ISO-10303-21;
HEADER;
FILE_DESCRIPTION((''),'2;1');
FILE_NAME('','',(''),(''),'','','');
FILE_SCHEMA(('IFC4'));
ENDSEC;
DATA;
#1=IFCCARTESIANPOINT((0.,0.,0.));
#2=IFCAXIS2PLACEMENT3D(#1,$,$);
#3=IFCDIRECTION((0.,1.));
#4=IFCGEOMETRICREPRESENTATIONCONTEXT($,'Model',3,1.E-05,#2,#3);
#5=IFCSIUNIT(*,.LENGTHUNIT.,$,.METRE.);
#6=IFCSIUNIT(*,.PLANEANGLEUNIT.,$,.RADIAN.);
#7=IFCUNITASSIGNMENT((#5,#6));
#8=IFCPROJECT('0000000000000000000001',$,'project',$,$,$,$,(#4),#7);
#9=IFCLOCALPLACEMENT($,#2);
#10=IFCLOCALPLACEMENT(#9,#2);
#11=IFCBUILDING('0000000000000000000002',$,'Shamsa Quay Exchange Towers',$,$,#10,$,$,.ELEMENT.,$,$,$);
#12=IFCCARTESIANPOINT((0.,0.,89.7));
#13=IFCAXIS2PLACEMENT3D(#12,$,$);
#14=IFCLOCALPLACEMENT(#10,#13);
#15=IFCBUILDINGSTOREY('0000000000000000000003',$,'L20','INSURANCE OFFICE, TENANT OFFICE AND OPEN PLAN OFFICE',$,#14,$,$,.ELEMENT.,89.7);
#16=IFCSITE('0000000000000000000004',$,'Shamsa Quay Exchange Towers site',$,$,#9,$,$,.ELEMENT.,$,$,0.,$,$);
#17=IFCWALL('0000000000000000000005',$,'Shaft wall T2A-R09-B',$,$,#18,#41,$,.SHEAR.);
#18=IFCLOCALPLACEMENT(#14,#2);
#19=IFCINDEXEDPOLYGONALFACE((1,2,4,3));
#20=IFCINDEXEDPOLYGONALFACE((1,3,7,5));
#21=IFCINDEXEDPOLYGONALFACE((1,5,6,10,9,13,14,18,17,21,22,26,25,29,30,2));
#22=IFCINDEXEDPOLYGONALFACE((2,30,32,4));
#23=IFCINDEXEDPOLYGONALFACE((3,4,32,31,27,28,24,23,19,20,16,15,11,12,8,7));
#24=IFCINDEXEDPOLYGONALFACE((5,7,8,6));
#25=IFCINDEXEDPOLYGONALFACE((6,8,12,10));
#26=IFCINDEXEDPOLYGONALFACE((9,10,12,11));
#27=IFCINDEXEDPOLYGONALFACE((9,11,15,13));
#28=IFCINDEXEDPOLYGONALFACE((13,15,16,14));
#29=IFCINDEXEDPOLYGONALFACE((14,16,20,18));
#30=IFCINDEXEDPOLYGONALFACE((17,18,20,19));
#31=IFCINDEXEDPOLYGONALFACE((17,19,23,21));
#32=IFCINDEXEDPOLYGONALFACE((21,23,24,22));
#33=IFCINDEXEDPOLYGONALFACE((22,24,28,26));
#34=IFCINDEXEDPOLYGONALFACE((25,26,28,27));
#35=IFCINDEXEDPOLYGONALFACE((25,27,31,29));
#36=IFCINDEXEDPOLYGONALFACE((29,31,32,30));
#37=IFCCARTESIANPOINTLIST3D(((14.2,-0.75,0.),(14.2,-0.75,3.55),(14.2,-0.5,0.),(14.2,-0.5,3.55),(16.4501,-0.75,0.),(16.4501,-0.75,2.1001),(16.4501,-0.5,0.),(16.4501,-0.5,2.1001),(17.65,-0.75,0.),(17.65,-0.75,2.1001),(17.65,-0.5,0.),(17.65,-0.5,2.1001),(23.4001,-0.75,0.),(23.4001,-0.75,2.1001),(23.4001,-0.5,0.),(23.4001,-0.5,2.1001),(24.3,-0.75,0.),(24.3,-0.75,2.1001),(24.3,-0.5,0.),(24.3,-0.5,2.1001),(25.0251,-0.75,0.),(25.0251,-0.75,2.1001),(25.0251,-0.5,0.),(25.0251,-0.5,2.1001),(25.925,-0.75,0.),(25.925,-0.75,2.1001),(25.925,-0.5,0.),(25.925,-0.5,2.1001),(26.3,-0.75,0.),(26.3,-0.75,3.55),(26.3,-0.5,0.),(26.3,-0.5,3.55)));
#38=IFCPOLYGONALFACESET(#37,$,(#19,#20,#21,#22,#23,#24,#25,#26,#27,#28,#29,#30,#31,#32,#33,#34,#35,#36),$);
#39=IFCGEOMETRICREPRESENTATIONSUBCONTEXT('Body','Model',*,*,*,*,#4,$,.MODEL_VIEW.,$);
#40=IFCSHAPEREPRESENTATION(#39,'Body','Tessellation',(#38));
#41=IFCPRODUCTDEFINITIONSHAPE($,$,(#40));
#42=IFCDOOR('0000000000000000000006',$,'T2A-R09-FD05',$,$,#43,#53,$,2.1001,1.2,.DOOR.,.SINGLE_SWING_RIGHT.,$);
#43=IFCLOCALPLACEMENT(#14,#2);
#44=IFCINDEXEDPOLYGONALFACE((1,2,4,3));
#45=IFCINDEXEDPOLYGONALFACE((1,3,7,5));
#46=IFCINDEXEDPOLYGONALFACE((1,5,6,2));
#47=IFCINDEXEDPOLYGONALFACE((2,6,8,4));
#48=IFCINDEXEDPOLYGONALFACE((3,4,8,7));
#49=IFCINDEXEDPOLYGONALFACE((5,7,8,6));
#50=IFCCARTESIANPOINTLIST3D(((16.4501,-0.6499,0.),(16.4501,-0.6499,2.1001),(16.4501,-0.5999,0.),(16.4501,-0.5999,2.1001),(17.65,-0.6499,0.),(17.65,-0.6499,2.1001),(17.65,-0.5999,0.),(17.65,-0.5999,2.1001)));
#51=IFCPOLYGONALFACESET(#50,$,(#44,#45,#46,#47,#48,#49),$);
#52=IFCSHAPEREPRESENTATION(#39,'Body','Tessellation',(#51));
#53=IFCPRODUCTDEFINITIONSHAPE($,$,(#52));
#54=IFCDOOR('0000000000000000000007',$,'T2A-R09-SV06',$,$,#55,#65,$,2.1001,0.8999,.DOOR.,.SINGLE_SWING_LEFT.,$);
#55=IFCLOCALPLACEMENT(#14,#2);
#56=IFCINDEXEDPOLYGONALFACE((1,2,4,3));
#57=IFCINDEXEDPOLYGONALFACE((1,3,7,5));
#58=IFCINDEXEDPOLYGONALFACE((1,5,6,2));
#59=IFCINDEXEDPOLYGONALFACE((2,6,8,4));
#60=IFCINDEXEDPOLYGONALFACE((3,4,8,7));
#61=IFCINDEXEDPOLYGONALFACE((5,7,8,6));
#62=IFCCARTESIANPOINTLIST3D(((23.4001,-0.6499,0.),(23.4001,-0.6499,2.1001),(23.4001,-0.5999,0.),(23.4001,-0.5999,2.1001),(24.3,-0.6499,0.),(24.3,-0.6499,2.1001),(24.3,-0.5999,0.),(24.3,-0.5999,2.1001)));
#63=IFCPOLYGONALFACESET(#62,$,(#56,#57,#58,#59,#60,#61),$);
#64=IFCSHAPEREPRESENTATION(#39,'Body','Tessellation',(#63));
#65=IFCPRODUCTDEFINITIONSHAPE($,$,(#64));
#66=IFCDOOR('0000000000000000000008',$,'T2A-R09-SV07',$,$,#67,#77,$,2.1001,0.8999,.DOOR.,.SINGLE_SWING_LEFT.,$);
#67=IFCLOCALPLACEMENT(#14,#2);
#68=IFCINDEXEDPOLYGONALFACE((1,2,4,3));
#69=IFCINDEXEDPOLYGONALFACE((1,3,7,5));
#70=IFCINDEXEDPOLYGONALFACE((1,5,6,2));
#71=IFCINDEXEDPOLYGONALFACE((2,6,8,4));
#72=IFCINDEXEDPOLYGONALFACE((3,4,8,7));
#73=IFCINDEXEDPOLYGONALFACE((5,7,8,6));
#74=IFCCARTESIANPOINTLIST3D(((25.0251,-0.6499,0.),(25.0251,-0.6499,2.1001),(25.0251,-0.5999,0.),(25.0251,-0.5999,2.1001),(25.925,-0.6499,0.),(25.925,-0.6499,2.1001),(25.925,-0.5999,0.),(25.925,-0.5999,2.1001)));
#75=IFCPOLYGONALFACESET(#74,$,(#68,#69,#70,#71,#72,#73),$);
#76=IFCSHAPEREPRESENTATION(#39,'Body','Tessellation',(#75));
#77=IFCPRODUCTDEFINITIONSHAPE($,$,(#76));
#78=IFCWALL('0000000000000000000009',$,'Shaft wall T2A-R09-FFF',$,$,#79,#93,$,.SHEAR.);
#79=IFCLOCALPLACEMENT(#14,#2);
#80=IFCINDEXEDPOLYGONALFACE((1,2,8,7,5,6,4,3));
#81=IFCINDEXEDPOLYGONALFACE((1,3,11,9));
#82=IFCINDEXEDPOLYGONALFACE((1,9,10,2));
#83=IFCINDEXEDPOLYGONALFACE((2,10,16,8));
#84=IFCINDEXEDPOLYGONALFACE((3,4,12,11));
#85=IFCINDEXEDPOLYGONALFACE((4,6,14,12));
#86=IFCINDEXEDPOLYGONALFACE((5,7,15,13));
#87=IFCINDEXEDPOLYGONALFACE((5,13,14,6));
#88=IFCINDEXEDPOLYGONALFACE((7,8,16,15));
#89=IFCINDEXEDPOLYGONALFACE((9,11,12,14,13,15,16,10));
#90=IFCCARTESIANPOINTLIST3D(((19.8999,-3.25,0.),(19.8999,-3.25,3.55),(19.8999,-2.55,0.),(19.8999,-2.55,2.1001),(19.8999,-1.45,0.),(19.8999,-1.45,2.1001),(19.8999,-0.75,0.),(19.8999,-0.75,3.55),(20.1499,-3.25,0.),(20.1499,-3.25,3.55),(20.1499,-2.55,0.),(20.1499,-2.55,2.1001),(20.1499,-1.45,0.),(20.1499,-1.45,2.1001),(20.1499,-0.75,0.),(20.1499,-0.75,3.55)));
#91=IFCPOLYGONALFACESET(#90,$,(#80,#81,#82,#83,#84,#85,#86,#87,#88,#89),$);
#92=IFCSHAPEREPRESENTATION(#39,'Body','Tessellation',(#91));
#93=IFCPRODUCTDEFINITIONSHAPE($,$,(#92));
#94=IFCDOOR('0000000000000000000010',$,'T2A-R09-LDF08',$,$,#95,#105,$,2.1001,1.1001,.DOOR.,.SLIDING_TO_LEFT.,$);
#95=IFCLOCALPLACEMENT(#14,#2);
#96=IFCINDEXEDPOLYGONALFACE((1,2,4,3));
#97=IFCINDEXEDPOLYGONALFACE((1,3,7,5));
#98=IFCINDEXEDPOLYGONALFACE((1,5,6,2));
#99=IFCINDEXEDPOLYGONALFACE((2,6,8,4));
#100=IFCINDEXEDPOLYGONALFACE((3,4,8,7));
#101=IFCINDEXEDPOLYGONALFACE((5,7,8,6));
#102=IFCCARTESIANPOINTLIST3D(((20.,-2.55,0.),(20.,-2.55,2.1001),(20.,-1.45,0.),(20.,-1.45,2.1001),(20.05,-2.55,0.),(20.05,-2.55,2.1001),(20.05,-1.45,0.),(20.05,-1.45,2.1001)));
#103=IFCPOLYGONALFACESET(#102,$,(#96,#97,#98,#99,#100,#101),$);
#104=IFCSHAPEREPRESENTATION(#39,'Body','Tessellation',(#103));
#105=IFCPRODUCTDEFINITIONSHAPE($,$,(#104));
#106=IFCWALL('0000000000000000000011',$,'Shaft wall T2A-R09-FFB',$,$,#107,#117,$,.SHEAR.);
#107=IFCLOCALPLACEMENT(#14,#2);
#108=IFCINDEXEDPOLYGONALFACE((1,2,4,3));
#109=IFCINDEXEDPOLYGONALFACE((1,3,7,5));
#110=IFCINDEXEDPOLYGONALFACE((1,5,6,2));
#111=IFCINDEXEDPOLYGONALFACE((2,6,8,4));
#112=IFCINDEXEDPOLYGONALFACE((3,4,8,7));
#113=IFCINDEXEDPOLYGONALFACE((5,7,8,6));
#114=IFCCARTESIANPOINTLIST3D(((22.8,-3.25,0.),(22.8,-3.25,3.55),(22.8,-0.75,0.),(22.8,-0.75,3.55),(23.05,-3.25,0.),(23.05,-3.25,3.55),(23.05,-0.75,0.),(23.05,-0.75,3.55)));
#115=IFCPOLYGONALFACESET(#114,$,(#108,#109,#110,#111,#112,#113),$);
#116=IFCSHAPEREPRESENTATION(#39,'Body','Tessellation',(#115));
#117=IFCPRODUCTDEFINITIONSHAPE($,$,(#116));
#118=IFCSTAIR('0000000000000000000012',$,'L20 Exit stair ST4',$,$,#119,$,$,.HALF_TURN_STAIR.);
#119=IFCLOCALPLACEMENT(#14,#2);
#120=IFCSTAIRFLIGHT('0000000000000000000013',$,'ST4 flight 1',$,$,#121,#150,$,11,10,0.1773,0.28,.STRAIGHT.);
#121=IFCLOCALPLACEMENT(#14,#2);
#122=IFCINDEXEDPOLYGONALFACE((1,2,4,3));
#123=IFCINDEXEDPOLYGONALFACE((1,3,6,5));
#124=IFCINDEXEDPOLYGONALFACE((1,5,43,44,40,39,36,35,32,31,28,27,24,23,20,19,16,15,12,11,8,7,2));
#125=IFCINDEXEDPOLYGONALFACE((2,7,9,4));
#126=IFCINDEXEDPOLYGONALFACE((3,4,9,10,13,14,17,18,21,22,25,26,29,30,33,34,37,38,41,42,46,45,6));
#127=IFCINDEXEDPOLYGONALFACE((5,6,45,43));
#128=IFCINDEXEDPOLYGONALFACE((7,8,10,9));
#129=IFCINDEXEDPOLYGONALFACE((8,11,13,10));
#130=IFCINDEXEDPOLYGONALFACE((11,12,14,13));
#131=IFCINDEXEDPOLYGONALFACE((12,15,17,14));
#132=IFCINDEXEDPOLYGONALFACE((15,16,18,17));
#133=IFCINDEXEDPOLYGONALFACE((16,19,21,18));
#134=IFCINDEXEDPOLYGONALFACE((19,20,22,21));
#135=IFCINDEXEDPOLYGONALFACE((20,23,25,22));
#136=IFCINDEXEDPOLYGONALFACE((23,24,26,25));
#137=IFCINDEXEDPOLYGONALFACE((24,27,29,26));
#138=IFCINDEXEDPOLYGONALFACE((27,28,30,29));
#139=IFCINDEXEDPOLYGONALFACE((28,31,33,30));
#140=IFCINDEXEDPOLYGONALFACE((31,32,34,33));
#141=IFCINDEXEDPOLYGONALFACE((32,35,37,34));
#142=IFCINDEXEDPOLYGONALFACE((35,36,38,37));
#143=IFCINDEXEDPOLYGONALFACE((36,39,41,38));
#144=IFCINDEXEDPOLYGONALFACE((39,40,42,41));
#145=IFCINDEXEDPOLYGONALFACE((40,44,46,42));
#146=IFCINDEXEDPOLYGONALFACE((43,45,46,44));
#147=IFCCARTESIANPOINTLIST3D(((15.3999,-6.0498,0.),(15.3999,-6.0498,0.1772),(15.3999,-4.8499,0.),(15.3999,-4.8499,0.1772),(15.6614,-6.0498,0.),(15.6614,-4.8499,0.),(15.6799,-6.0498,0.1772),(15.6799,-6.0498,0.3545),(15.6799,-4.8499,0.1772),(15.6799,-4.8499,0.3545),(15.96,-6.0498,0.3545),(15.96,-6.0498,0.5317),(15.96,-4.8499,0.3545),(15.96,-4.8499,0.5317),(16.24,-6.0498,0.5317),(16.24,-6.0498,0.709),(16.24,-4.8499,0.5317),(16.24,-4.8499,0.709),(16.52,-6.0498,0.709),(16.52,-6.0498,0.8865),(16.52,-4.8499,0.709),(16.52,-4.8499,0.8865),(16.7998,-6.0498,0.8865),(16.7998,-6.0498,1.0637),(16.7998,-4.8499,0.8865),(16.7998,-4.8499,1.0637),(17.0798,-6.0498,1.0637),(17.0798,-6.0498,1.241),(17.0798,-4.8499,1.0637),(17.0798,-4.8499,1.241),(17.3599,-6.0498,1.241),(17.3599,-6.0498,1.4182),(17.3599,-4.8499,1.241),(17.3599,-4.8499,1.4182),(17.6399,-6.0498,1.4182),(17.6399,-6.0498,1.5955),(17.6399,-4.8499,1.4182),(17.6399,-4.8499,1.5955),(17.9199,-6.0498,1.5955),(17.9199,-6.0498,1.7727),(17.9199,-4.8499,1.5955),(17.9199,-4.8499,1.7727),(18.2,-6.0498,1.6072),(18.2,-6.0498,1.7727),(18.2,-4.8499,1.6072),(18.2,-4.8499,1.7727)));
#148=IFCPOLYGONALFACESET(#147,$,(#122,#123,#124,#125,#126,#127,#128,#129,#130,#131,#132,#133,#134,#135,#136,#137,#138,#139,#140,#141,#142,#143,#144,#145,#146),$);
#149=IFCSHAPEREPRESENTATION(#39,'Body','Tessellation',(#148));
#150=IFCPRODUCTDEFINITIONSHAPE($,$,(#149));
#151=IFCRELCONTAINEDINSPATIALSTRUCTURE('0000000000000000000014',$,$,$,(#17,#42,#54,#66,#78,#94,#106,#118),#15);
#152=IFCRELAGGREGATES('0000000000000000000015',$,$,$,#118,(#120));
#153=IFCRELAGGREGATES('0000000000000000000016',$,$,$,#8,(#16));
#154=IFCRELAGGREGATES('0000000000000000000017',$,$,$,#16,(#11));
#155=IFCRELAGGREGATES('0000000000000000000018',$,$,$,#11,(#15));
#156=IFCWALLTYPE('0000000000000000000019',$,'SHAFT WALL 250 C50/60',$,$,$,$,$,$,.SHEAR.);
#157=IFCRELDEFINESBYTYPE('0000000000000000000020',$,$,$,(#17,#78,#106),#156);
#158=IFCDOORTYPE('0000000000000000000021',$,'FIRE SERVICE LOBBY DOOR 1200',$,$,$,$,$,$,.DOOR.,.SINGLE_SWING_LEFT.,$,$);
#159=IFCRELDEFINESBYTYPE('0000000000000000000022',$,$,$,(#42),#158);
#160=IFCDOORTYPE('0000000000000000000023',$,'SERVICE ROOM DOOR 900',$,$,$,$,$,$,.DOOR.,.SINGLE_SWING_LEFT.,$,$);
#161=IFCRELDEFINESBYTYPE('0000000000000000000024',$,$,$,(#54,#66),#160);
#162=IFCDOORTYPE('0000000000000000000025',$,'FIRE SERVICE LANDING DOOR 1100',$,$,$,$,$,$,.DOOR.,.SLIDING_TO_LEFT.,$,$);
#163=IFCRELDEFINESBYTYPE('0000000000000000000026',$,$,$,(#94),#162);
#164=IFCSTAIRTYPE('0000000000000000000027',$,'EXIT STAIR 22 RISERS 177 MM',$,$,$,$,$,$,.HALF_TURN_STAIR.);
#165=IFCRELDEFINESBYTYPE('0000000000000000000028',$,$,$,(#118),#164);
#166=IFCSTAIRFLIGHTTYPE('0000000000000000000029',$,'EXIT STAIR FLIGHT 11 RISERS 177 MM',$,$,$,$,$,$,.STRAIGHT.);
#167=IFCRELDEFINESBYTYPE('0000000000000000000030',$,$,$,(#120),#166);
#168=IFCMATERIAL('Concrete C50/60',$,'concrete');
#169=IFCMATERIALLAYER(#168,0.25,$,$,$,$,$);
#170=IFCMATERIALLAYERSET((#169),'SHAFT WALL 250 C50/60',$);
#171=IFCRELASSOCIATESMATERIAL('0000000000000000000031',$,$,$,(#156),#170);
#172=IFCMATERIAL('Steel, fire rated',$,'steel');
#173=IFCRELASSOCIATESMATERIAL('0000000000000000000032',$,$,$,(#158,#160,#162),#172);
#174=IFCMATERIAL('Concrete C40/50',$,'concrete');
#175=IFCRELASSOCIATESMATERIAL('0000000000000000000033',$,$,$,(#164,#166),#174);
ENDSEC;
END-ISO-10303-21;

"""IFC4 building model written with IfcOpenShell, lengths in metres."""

from ifc_helpers import new_model, si_unit, direction, frame, frame_2d, origin, place, context, subcontext, project, spatial, polyline, rectangle, outline, extrude, material, layer, layer_set, type_object, element, fill, aggregate, save


model = new_model("IFC4")

# Units and contexts
model_context = context("Model", 3, precision=1e-05, world=origin(), true_north=direction((0.0, 1.0)))
body_context = subcontext(model_context, "Body", "Model", "MODEL_VIEW")
ifc_project = project(units=[si_unit("LENGTHUNIT", "METRE"), si_unit("PLANEANGLEUNIT", "RADIAN")], contexts=[model_context])

# Site, building, storey
site_placement = place(None, origin())
site = spatial("IfcSite", under=ifc_project, at=site_placement, Name="Shamsa Quay Exchange Towers site", CompositionType="ELEMENT", RefElevation=0.0)
building_placement = place(site_placement, origin())
building = spatial("IfcBuilding", under=site, at=building_placement, Name="Shamsa Quay Exchange Towers", CompositionType="ELEMENT")
storey_placement = place(building_placement, frame((0.0, 0.0, 89.7)))
storey = spatial("IfcBuildingStorey", under=building, at=storey_placement, Name="L20", Description="INSURANCE OFFICE, TENANT OFFICE AND OPEN PLAN OFFICE", CompositionType="ELEMENT", Elevation=89.7)

# Shared definitions
ifc_material_1 = material(Name="Concrete C50/60", Category="concrete")
ifc_layer_1 = layer(ifc_material_1, 0.25)
ifc_layer_set_1 = layer_set([ifc_layer_1], Name="SHAFT WALL 250 C50/60")
wall_type_1 = type_object("IfcWallType", Name="SHAFT WALL 250 C50/60", PredefinedType="SHEAR", material=ifc_layer_set_1)
ifc_material_2 = material(Name="Steel, fire rated", Category="steel")

# Wall, openings, doors
wall_1_placement = place(storey_placement, frame((26.3, -0.625, 0.0), z_axis=(0.0, 0.0, 1.0), x_axis=(-1.0, 0.0, 0.0)))
wall_1 = element("IfcWall", 1, at=wall_1_placement, inside=storey, type_object=wall_type_1, Name="Shaft wall T2A-R09-B", PredefinedType="SHEAR", context=body_context, shape_type="SweptSolid", body=[
    extrude(rectangle(XDim=12.1001, YDim=0.25, at=frame_2d((6.05, 0.0))), origin(), (0.0, 0.0, 1.0), 3.55),
])
opening_1_placement = place(wall_1_placement, frame((8.6499, 0.0, 0.0)))
opening_1 = element("IfcOpeningElement", 2, at=opening_1_placement, cuts=wall_1, PredefinedType="OPENING", context=body_context, shape_type="SweptSolid", body=[
    extrude(rectangle(XDim=1.2, YDim=2.1001, at=frame_2d((0.6001, 1.05))), frame((0.0, 0.135, 0.0), z_axis=(0.0, -1.0, 0.0), x_axis=(1.0, 0.0, 0.0)), (0.0, 0.0, 1.0), 0.27),
])
opening_2_placement = place(wall_1_placement, frame((2.0, 0.0, 0.0)))
opening_2 = element("IfcOpeningElement", 3, at=opening_2_placement, cuts=wall_1, PredefinedType="OPENING", context=body_context, shape_type="SweptSolid", body=[
    extrude(rectangle(XDim=0.8999, YDim=2.1001, at=frame_2d((0.45, 1.05))), frame((0.0, 0.135, 0.0), z_axis=(0.0, -1.0, 0.0), x_axis=(1.0, 0.0, 0.0)), (0.0, 0.0, 1.0), 0.27),
])
opening_3_placement = place(wall_1_placement, frame((0.375, 0.0, 0.0)))
opening_3 = element("IfcOpeningElement", 4, at=opening_3_placement, cuts=wall_1, PredefinedType="OPENING", context=body_context, shape_type="SweptSolid", body=[
    extrude(rectangle(XDim=0.8999, YDim=2.1001, at=frame_2d((0.45, 1.05))), frame((0.0, 0.135, 0.0), z_axis=(0.0, -1.0, 0.0), x_axis=(1.0, 0.0, 0.0)), (0.0, 0.0, 1.0), 0.27),
])
door_type_1 = type_object("IfcDoorType", Name="FIRE SERVICE LOBBY DOOR 1200", OperationType="SINGLE_SWING_LEFT", PredefinedType="DOOR", material=ifc_material_2)
door_1_placement = place(opening_1_placement, origin())
door_1 = element("IfcDoor", 5, at=door_1_placement, inside=storey, type_object=door_type_1, Name="T2A-R09-FD05", OperationType="SINGLE_SWING_RIGHT", OverallHeight=2.1001, OverallWidth=1.2, PredefinedType="DOOR", context=body_context, shape_type="SweptSolid", body=[
    extrude(rectangle(XDim=1.2, YDim=2.1001, at=frame_2d((0.6001, 1.05))), frame((0.0, 0.0249, 0.0), z_axis=(0.0, -1.0, 0.0), x_axis=(1.0, 0.0, 0.0)), (0.0, 0.0, 1.0), 0.05),
])
fill(opening_1, door_1)
door_type_2 = type_object("IfcDoorType", Name="SERVICE ROOM DOOR 900", OperationType="SINGLE_SWING_LEFT", PredefinedType="DOOR", material=ifc_material_2)
door_2_placement = place(opening_2_placement, origin())
door_2 = element("IfcDoor", 6, at=door_2_placement, inside=storey, type_object=door_type_2, Name="T2A-R09-SV06", OperationType="SINGLE_SWING_LEFT", OverallHeight=2.1001, OverallWidth=0.8999, PredefinedType="DOOR", context=body_context, shape_type="SweptSolid", body=[
    extrude(rectangle(XDim=0.8999, YDim=2.1001, at=frame_2d((0.45, 1.05))), frame((0.0, 0.0249, 0.0), z_axis=(0.0, -1.0, 0.0), x_axis=(1.0, 0.0, 0.0)), (0.0, 0.0, 1.0), 0.05),
])
fill(opening_2, door_2)
door_3_placement = place(opening_3_placement, origin())
door_3 = element("IfcDoor", 7, at=door_3_placement, inside=storey, type_object=door_type_2, Name="T2A-R09-SV07", OperationType="SINGLE_SWING_LEFT", OverallHeight=2.1001, OverallWidth=0.8999, PredefinedType="DOOR", context=body_context, shape_type="SweptSolid", body=[
    extrude(rectangle(XDim=0.8999, YDim=2.1001, at=frame_2d((0.45, 1.05))), frame((0.0, 0.0249, 0.0), z_axis=(0.0, -1.0, 0.0), x_axis=(1.0, 0.0, 0.0)), (0.0, 0.0, 1.0), 0.05),
])
fill(opening_3, door_3)

# Wall, opening, door
wall_2_placement = place(storey_placement, frame((20.0249, -3.25, 0.0), z_axis=(0.0, 0.0, 1.0), x_axis=(0.0, 1.0, 0.0)))
wall_2 = element("IfcWall", 8, at=wall_2_placement, inside=storey, type_object=wall_type_1, Name="Shaft wall T2A-R09-FFF", PredefinedType="SHEAR", context=body_context, shape_type="SweptSolid", body=[
    extrude(rectangle(XDim=2.5, YDim=0.25, at=frame_2d((1.25, 0.0))), origin(), (0.0, 0.0, 1.0), 3.55),
])
opening_4_placement = place(wall_2_placement, frame((0.7, 0.0, 0.0)))
opening_4 = element("IfcOpeningElement", 9, at=opening_4_placement, cuts=wall_2, PredefinedType="OPENING", context=body_context, shape_type="SweptSolid", body=[
    extrude(rectangle(XDim=1.1001, YDim=2.1001, at=frame_2d((0.55, 1.05))), frame((0.0, 0.135, 0.0), z_axis=(0.0, -1.0, 0.0), x_axis=(1.0, 0.0, 0.0)), (0.0, 0.0, 1.0), 0.27),
])
door_type_3 = type_object("IfcDoorType", Name="FIRE SERVICE LANDING DOOR 1100", OperationType="SLIDING_TO_LEFT", PredefinedType="DOOR", material=ifc_material_2)
door_4_placement = place(opening_4_placement, origin())
door_4 = element("IfcDoor", 10, at=door_4_placement, inside=storey, type_object=door_type_3, Name="T2A-R09-LDF08", OperationType="SLIDING_TO_LEFT", OverallHeight=2.1001, OverallWidth=1.1001, PredefinedType="DOOR", context=body_context, shape_type="SweptSolid", body=[
    extrude(rectangle(XDim=1.1001, YDim=2.1001, at=frame_2d((0.55, 1.05))), frame((0.0, 0.0249, 0.0), z_axis=(0.0, -1.0, 0.0), x_axis=(1.0, 0.0, 0.0)), (0.0, 0.0, 1.0), 0.05),
])
fill(opening_4, door_4)

# Wall
wall_3_placement = place(storey_placement, frame((22.925, -3.25, 0.0), z_axis=(0.0, 0.0, 1.0), x_axis=(0.0, 1.0, 0.0)))
element("IfcWall", 11, at=wall_3_placement, inside=storey, type_object=wall_type_1, Name="Shaft wall T2A-R09-FFB", PredefinedType="SHEAR", context=body_context, shape_type="SweptSolid", body=[
    extrude(rectangle(XDim=2.5, YDim=0.25, at=frame_2d((1.25, 0.0))), origin(), (0.0, 0.0, 1.0), 3.55),
])

# Stair, stair flight
ifc_material_3 = material(Name="Concrete C40/50", Category="concrete")
stair_type = type_object("IfcStairType", Name="EXIT STAIR 22 RISERS 177 MM", PredefinedType="HALF_TURN_STAIR", material=ifc_material_3)
stair_placement = place(storey_placement, origin())
stair = element("IfcStair", 12, at=stair_placement, inside=storey, type_object=stair_type, Name="L20 Exit stair ST4", PredefinedType="HALF_TURN_STAIR")
stair_flight_type = type_object("IfcStairFlightType", Name="EXIT STAIR FLIGHT 11 RISERS 177 MM", PredefinedType="STRAIGHT", material=ifc_material_3)
stair_flight_1_placement = place(storey_placement, frame((15.3999, -5.45, 0.0)))
stair_flight_1 = element("IfcStairFlight", 13, at=stair_flight_1_placement, type_object=stair_flight_type, Name="ST4 flight 1", NumberOfRisers=11, NumberOfTreads=10, PredefinedType="STRAIGHT", RiserHeight=0.1773, TreadLength=0.28, context=body_context, shape_type="SweptSolid", body=[
    extrude(outline(polyline([(0.0, 0.0), (0.0, 0.1772), (0.28, 0.1772), (0.28, 0.3545), (0.5601, 0.3545), (0.5601, 0.5317), (0.8401, 0.5317), (0.8401, 0.709), (1.1201, 0.709), (1.1201, 0.8865), (1.3999, 0.8865), (1.3999, 1.0637), (1.6799, 1.0637), (1.6799, 1.241), (1.96, 1.241), (1.96, 1.4182), (2.24, 1.4182), (2.24, 1.5955), (2.52, 1.5955), (2.52, 1.7727), (2.8, 1.7727), (2.8, 1.95), (2.8, 1.6072), (0.2615, 0.0), (0.0, 0.0)])), frame((0.0, 0.6001, 0.0), z_axis=(0.0, -1.0, 0.0), x_axis=(1.0, 0.0, 0.0)), (0.0, 0.0, 1.0), 1.2),
])
aggregate(stair, [stair_flight_1])

save(model, "model.ifc")
